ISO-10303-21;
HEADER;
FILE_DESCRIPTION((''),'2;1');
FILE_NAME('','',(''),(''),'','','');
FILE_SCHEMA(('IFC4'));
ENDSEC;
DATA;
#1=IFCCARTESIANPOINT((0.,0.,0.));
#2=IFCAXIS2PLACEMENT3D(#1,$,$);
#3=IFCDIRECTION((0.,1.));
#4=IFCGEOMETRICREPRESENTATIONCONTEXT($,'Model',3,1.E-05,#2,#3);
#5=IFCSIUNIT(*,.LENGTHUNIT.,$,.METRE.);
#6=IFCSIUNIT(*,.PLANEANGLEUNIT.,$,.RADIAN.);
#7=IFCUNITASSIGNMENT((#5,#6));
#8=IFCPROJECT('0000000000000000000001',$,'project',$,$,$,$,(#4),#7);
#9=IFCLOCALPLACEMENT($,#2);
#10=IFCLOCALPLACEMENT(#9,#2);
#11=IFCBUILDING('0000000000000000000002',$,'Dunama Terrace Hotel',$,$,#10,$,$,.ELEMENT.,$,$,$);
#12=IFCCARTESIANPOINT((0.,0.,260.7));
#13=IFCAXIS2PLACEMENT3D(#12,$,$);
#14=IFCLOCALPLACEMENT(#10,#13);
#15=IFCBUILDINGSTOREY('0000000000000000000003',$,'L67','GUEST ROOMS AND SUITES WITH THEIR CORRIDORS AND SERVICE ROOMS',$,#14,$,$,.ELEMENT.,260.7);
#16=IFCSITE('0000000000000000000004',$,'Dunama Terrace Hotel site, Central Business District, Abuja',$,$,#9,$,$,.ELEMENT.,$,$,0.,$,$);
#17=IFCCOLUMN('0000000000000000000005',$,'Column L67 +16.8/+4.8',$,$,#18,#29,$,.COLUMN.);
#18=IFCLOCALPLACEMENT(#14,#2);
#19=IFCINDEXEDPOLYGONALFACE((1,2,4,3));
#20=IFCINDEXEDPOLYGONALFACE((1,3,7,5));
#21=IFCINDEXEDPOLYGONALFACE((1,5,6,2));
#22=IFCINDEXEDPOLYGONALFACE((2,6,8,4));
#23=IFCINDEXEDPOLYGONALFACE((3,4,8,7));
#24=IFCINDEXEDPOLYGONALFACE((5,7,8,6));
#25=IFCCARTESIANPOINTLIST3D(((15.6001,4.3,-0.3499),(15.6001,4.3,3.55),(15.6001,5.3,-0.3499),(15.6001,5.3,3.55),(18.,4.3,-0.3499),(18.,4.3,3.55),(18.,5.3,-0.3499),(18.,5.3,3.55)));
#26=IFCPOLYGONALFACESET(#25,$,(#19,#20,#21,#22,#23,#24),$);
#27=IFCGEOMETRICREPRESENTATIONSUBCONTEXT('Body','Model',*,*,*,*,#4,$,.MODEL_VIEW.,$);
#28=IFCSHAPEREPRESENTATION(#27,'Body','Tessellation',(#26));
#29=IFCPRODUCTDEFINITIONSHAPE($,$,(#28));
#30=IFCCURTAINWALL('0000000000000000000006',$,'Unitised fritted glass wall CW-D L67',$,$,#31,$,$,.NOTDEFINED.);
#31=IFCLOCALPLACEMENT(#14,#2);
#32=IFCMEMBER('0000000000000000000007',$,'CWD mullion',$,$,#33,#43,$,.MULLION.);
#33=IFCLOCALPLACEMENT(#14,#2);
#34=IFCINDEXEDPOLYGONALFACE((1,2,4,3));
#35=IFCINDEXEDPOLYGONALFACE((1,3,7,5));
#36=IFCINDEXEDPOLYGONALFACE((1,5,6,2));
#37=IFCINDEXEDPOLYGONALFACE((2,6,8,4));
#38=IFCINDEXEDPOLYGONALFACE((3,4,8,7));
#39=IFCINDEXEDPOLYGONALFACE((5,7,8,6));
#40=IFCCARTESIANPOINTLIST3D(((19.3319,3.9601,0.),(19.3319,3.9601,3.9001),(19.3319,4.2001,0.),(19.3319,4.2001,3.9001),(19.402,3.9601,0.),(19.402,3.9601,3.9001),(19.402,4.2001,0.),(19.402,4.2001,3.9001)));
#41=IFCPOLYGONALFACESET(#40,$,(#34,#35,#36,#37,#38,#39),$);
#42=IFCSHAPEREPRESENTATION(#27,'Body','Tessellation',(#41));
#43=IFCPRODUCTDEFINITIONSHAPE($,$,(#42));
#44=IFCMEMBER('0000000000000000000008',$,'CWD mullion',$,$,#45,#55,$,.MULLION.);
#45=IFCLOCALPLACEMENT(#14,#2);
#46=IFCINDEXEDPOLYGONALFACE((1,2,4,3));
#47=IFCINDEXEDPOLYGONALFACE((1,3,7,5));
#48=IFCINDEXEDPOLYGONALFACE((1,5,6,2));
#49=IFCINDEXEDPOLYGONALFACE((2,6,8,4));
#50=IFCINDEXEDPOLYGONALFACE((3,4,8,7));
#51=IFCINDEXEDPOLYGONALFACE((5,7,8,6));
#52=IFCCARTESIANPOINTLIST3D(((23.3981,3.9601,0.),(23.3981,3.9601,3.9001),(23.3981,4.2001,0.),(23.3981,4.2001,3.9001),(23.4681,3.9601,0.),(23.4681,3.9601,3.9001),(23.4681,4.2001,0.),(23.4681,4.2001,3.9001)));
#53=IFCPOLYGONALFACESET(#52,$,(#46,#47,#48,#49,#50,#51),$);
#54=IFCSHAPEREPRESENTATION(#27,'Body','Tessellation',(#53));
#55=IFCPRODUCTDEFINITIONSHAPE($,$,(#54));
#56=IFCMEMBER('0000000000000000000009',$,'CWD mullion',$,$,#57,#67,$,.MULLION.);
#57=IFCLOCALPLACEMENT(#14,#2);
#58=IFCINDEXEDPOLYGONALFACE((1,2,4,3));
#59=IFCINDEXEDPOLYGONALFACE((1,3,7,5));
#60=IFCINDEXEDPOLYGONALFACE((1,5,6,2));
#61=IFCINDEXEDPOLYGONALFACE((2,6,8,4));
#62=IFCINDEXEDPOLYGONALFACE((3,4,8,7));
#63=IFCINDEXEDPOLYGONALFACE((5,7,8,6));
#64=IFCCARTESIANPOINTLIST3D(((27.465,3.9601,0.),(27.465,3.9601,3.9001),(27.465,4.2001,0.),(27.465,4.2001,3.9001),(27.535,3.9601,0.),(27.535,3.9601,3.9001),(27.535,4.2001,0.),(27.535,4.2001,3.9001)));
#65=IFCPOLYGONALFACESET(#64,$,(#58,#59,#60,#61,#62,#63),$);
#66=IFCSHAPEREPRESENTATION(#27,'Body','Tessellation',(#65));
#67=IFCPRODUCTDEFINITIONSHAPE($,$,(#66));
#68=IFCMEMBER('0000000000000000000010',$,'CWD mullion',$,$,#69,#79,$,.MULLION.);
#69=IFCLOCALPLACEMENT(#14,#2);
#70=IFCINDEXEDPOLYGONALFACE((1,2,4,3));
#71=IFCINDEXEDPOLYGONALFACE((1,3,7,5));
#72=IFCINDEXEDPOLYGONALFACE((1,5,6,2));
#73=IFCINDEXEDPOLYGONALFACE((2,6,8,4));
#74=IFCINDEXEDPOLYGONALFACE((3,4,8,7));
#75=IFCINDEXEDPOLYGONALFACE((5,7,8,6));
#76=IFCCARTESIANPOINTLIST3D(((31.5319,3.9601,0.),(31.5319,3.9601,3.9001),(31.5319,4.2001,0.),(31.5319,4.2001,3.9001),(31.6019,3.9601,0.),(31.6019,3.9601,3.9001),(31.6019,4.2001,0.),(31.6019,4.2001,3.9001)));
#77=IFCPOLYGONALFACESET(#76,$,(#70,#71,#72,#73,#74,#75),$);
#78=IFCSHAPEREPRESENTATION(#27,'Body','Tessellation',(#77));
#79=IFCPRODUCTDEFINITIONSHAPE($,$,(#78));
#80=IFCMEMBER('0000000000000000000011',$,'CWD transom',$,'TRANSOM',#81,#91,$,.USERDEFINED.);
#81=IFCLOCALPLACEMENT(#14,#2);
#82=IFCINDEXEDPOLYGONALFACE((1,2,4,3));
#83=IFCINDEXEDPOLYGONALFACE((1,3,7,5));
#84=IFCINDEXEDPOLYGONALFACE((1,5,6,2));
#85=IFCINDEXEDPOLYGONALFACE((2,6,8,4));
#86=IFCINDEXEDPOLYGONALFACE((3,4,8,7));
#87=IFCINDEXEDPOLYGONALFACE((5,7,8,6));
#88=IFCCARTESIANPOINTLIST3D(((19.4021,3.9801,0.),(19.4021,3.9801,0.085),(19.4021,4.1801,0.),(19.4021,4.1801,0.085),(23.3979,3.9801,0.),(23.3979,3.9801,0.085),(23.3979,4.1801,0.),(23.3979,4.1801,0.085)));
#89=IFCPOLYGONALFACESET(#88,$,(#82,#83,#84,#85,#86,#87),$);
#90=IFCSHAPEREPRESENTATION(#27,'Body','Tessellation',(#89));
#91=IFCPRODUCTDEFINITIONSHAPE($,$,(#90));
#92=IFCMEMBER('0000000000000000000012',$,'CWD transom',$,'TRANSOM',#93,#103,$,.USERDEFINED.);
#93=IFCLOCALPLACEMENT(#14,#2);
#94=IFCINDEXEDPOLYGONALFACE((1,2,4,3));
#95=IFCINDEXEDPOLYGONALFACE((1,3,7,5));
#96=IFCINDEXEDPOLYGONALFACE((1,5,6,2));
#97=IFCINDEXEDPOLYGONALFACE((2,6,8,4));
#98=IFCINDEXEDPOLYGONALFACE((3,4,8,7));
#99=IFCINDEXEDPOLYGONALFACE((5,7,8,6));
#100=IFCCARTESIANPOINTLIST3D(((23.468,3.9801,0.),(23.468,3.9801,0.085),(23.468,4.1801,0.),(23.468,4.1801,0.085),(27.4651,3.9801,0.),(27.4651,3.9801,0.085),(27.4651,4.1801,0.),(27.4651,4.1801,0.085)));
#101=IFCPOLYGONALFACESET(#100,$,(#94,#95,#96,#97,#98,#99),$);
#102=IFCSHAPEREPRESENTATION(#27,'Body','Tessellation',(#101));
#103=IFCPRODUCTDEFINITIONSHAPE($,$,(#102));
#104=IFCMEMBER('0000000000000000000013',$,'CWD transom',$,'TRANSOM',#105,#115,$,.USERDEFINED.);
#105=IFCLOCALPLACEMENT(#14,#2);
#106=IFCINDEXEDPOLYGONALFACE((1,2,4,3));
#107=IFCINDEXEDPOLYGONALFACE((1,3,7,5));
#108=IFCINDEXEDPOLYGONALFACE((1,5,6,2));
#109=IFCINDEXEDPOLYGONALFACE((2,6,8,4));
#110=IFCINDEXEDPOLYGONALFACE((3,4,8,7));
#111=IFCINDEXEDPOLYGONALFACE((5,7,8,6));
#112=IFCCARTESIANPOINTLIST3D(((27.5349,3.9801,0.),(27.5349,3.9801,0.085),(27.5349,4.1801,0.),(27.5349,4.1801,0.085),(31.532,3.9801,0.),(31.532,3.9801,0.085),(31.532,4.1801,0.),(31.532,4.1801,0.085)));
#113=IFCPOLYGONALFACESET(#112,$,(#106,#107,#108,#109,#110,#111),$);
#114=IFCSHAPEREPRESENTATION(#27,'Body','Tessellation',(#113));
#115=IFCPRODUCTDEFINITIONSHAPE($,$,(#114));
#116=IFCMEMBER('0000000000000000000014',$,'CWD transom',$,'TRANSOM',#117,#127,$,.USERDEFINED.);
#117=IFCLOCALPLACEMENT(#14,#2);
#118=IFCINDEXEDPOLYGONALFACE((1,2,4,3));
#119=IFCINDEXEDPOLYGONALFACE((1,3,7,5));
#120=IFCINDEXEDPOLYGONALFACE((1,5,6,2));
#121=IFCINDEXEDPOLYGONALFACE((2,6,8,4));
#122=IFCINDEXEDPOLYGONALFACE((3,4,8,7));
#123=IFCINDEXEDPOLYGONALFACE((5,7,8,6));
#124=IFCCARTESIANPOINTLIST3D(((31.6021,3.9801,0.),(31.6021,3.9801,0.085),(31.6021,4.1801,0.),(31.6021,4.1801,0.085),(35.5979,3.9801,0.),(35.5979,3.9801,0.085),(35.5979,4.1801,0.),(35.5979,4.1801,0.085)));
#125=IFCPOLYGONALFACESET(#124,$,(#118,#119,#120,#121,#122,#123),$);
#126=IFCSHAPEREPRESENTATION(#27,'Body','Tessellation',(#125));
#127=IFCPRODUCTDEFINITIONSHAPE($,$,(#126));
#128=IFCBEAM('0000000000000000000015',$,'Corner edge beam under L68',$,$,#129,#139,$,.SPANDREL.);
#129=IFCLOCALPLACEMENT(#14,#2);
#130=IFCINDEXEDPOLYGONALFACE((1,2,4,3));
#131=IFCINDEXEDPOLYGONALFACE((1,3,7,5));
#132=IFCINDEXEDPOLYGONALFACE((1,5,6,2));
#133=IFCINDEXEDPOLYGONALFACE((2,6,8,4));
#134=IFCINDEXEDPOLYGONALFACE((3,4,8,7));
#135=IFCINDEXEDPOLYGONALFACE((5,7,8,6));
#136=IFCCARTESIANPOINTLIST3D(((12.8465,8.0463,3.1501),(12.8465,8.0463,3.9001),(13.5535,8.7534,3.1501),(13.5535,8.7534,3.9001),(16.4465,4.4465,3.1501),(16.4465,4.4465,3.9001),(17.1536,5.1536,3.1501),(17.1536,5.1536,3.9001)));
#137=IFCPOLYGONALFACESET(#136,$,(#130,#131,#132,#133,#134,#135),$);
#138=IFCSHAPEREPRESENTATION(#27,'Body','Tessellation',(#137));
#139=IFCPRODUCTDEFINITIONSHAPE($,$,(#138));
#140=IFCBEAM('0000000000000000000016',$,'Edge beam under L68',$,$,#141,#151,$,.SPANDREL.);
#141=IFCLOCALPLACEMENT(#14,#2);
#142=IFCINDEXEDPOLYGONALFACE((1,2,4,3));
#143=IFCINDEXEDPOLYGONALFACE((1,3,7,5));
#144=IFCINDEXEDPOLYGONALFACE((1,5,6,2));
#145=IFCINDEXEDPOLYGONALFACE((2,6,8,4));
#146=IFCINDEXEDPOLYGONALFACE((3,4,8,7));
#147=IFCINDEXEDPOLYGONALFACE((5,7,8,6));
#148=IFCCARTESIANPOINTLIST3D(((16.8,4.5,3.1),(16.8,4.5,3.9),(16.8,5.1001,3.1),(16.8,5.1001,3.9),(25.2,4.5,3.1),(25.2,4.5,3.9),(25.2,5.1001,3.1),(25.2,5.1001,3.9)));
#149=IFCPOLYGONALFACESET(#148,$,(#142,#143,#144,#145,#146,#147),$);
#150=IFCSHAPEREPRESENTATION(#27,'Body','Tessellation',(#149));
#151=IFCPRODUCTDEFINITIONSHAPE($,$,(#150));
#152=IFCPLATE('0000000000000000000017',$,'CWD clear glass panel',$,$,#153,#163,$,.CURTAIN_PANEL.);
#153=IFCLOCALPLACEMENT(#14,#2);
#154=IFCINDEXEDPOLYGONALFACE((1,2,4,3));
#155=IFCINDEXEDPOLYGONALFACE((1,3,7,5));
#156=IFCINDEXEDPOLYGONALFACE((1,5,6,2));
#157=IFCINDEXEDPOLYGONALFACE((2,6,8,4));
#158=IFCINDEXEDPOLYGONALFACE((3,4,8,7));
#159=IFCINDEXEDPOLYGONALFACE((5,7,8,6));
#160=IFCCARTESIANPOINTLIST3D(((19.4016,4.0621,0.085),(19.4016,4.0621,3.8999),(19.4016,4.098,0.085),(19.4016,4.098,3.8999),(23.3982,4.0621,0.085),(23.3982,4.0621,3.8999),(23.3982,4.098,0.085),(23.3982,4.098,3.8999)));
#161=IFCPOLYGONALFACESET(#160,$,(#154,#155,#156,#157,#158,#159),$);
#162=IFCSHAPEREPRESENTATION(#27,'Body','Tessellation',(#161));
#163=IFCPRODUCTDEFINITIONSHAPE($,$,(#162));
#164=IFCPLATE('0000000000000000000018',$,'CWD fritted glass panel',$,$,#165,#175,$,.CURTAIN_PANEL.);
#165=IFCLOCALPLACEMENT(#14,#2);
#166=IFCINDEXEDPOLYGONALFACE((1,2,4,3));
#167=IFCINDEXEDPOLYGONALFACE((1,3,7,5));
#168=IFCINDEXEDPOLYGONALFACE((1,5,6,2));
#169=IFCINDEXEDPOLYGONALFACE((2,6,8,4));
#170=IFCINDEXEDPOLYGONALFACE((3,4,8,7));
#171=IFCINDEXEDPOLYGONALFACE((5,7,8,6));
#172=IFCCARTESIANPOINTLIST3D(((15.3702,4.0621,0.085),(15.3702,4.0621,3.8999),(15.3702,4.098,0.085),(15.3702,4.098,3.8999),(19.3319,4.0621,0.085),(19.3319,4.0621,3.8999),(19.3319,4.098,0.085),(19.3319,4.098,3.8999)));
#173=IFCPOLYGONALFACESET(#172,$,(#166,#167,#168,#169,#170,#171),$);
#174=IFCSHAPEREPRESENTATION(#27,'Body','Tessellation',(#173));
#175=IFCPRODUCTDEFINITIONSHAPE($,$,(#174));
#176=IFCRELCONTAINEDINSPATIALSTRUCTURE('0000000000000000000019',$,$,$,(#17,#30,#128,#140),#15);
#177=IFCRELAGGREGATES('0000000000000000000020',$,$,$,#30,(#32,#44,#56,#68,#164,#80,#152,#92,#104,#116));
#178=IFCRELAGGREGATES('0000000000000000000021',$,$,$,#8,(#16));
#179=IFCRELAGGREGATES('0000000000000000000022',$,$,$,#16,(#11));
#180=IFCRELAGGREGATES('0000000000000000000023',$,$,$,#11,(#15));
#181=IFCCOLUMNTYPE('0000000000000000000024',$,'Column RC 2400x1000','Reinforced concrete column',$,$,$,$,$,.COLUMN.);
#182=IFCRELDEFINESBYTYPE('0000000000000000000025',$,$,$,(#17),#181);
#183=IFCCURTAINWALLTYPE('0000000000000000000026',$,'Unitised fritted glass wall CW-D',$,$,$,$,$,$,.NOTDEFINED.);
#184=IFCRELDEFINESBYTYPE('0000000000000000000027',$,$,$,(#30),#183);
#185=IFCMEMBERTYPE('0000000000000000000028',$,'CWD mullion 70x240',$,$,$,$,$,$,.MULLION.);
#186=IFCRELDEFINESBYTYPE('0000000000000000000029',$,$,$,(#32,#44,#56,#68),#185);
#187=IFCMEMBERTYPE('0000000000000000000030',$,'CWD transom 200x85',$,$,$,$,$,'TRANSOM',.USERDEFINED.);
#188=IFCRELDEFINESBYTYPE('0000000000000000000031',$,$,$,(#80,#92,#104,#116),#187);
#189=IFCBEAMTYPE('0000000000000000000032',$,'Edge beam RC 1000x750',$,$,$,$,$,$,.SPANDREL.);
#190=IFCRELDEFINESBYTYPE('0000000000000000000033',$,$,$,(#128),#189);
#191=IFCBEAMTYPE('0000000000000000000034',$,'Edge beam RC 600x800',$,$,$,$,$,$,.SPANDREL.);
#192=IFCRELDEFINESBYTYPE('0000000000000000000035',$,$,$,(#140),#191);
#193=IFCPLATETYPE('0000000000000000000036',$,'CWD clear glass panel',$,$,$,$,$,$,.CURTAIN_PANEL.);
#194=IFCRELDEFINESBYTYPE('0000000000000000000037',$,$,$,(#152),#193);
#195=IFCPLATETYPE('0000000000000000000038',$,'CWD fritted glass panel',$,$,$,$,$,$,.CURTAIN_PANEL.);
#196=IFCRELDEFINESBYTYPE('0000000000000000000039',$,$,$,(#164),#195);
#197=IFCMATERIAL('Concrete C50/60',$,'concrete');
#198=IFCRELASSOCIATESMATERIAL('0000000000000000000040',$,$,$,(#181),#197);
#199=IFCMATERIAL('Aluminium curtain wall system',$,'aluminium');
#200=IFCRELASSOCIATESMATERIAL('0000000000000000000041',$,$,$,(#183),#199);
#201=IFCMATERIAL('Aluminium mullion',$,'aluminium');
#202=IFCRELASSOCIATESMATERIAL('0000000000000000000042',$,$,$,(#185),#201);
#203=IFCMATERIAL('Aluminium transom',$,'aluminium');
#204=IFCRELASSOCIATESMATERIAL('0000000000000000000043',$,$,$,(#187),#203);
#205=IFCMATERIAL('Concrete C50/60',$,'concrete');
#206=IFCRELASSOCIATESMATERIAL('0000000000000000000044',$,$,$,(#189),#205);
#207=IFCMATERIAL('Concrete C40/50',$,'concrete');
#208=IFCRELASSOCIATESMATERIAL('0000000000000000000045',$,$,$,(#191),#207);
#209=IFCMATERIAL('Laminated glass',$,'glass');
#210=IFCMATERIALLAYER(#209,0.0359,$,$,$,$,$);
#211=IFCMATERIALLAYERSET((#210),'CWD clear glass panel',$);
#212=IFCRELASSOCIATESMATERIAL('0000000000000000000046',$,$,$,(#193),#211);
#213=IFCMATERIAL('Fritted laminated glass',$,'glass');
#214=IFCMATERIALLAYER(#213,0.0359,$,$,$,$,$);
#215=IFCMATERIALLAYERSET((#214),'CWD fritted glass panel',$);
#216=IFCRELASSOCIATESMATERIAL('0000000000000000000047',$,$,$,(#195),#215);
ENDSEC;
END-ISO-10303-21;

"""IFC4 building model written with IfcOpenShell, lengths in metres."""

from ifc_helpers import new_model, si_unit, direction, frame, origin, origin_2d, place, context, subcontext, project, spatial, rectangle, extrude, material, layer, layer_set, material_profile, profile_set, type_object, element, aggregate, save


model = new_model("IFC4")

# Units and contexts
model_context = context("Model", 3, precision=1e-05, world=origin(), true_north=direction((0.0, 1.0)))
body_context = subcontext(model_context, "Body", "Model", "MODEL_VIEW")
ifc_project = project(units=[si_unit("LENGTHUNIT", "METRE"), si_unit("PLANEANGLEUNIT", "RADIAN")], contexts=[model_context])

# Site, building, storey
site_placement = place(None, origin())
site = spatial("IfcSite", under=ifc_project, at=site_placement, Name="Dunama Terrace Hotel site, Central Business District, Abuja", CompositionType="ELEMENT", RefElevation=0.0)
building_placement = place(site_placement, origin())
building = spatial("IfcBuilding", under=site, at=building_placement, Name="Dunama Terrace Hotel", CompositionType="ELEMENT")
storey_placement = place(building_placement, frame((0.0, 0.0, 260.7)))
storey = spatial("IfcBuildingStorey", under=building, at=storey_placement, Name="L67", Description="GUEST ROOMS AND SUITES WITH THEIR CORRIDORS AND SERVICE ROOMS", CompositionType="ELEMENT", Elevation=260.7)

# Column
ifc_material_1 = material(Name="Concrete C50/60", Category="concrete")
ifc_material_profile_1 = material_profile(ifc_material_1, rectangle(XDim=2.3999, YDim=1.0, at=origin_2d()), Name="RC 2400x1000")
ifc_profile_set_1 = profile_set([ifc_material_profile_1], Name="Concrete C50/60")
column_type = type_object("IfcColumnType", Name="Column RC 2400x1000", Description="Reinforced concrete column", PredefinedType="COLUMN", material=ifc_profile_set_1)
column_placement = place(storey_placement, frame((16.8, 4.8, -0.3499), z_axis=(0.0, 0.0, 1.0), x_axis=(1.0, 0.0, 0.0)))
element("IfcColumn", 1, at=column_placement, inside=storey, type_object=column_type, Name="Column L67 +16.8/+4.8", PredefinedType="COLUMN", context=body_context, shape_type="SweptSolid", body=[
    extrude(rectangle(XDim=2.3999, YDim=1.0, at=origin_2d()), origin(), (0.0, 0.0, 1.0), 3.8999),
])

# Curtain wall, members
ifc_material_2 = material(Name="Aluminium curtain wall system", Category="aluminium")
curtain_wall_type = type_object("IfcCurtainWallType", Name="Unitised fritted glass wall CW-D", PredefinedType="NOTDEFINED", material=ifc_material_2)
curtain_wall_placement = place(storey_placement, origin())
curtain_wall = element("IfcCurtainWall", 2, at=curtain_wall_placement, inside=storey, type_object=curtain_wall_type, Name="Unitised fritted glass wall CW-D L67", PredefinedType="NOTDEFINED")
ifc_material_3 = material(Name="Aluminium mullion", Category="aluminium")
ifc_material_profile_2 = material_profile(ifc_material_3, rectangle(XDim=0.0701, YDim=0.24, at=origin_2d()), Name="CWD MULLION 70X240")
ifc_profile_set_2 = profile_set([ifc_material_profile_2], Name="Aluminium mullion")
member_type_1 = type_object("IfcMemberType", Name="CWD mullion 70x240", PredefinedType="MULLION", material=ifc_profile_set_2)
member_1_placement = place(storey_placement, frame((19.3669, 4.0801, 0.0), z_axis=(0.0, 0.0, 1.0), x_axis=(1.0, 0.0, 0.0)))
member_1 = element("IfcMember", 3, at=member_1_placement, type_object=member_type_1, Name="CWD mullion", PredefinedType="MULLION", context=body_context, shape_type="SweptSolid", body=[
    extrude(rectangle(XDim=0.0701, YDim=0.24, at=origin_2d()), origin(), (0.0, 0.0, 1.0), 3.9001),
])
member_2_placement = place(storey_placement, frame((23.4331, 4.0801, 0.0), z_axis=(0.0, 0.0, 1.0), x_axis=(1.0, 0.0, 0.0)))
member_2 = element("IfcMember", 4, at=member_2_placement, type_object=member_type_1, Name="CWD mullion", PredefinedType="MULLION", context=body_context, shape_type="SweptSolid", body=[
    extrude(rectangle(XDim=0.0701, YDim=0.24, at=origin_2d()), origin(), (0.0, 0.0, 1.0), 3.9001),
])
member_3_placement = place(storey_placement, frame((27.5, 4.0801, 0.0), z_axis=(0.0, 0.0, 1.0), x_axis=(1.0, 0.0, 0.0)))
member_3 = element("IfcMember", 5, at=member_3_placement, type_object=member_type_1, Name="CWD mullion", PredefinedType="MULLION", context=body_context, shape_type="SweptSolid", body=[
    extrude(rectangle(XDim=0.0701, YDim=0.24, at=origin_2d()), origin(), (0.0, 0.0, 1.0), 3.9001),
])
member_4_placement = place(storey_placement, frame((31.5669, 4.0801, 0.0), z_axis=(0.0, 0.0, 1.0), x_axis=(1.0, 0.0, 0.0)))
member_4 = element("IfcMember", 6, at=member_4_placement, type_object=member_type_1, Name="CWD mullion", PredefinedType="MULLION", context=body_context, shape_type="SweptSolid", body=[
    extrude(rectangle(XDim=0.0701, YDim=0.24, at=origin_2d()), origin(), (0.0, 0.0, 1.0), 3.9001),
])
ifc_material_4 = material(Name="Aluminium transom", Category="aluminium")
ifc_material_profile_3 = material_profile(ifc_material_4, rectangle(XDim=0.2, YDim=0.085, at=origin_2d()), Name="CWD TRANSOM 200X85")
ifc_profile_set_3 = profile_set([ifc_material_profile_3], Name="Aluminium transom")
member_type_2 = type_object("IfcMemberType", Name="CWD transom 200x85", ElementType="TRANSOM", PredefinedType="USERDEFINED", material=ifc_profile_set_3)
member_5_placement = place(storey_placement, frame((19.4021, 4.0801, 0.0425), z_axis=(1.0, 0.0, 0.0), x_axis=(0.0, 1.0, 0.0)))
member_5 = element("IfcMember", 7, at=member_5_placement, type_object=member_type_2, Name="CWD transom", ObjectType="TRANSOM", PredefinedType="USERDEFINED", context=body_context, shape_type="SweptSolid", body=[
    extrude(rectangle(XDim=0.2, YDim=0.085, at=origin_2d()), origin(), (0.0, 0.0, 1.0), 3.9958),
])
member_6_placement = place(storey_placement, frame((23.468, 4.0801, 0.0425), z_axis=(1.0, 0.0, 0.0), x_axis=(0.0, 1.0, 0.0)))
member_6 = element("IfcMember", 8, at=member_6_placement, type_object=member_type_2, Name="CWD transom", ObjectType="TRANSOM", PredefinedType="USERDEFINED", context=body_context, shape_type="SweptSolid", body=[
    extrude(rectangle(XDim=0.2, YDim=0.085, at=origin_2d()), origin(), (0.0, 0.0, 1.0), 3.9971),
])
member_7_placement = place(storey_placement, frame((27.5349, 4.0801, 0.0425), z_axis=(1.0, 0.0, 0.0), x_axis=(0.0, 1.0, 0.0)))
member_7 = element("IfcMember", 9, at=member_7_placement, type_object=member_type_2, Name="CWD transom", ObjectType="TRANSOM", PredefinedType="USERDEFINED", context=body_context, shape_type="SweptSolid", body=[
    extrude(rectangle(XDim=0.2, YDim=0.085, at=origin_2d()), origin(), (0.0, 0.0, 1.0), 3.9971),
])
member_8_placement = place(storey_placement, frame((31.6021, 4.0801, 0.0425), z_axis=(1.0, 0.0, 0.0), x_axis=(0.0, 1.0, 0.0)))
member_8 = element("IfcMember", 10, at=member_8_placement, type_object=member_type_2, Name="CWD transom", ObjectType="TRANSOM", PredefinedType="USERDEFINED", context=body_context, shape_type="SweptSolid", body=[
    extrude(rectangle(XDim=0.2, YDim=0.085, at=origin_2d()), origin(), (0.0, 0.0, 1.0), 3.9958),
])

# Beams
ifc_material_5 = material(Name="Concrete C50/60", Category="concrete")
ifc_material_profile_4 = material_profile(ifc_material_5, rectangle(XDim=1.0, YDim=0.75, at=origin_2d()), Name="RC 1000x750")
ifc_profile_set_4 = profile_set([ifc_material_profile_4], Name="Concrete C50/60")
beam_type_1 = type_object("IfcBeamType", Name="Edge beam RC 1000x750", PredefinedType="SPANDREL", material=ifc_profile_set_4)
beam_1_placement = place(storey_placement, frame((16.8, 4.8, 3.5251), z_axis=(-0.707131, 0.707083, 0.0), x_axis=(-0.707083, -0.707131, 0.0)))
element("IfcBeam", 11, at=beam_1_placement, inside=storey, type_object=beam_type_1, Name="Corner edge beam under L68", PredefinedType="SPANDREL", context=body_context, shape_type="SweptSolid", body=[
    extrude(rectangle(XDim=1.0, YDim=0.75, at=origin_2d()), origin(), (0.0, 0.0, 1.0), 5.0911),
])
ifc_material_6 = material(Name="Concrete C40/50", Category="concrete")
ifc_material_profile_5 = material_profile(ifc_material_6, rectangle(XDim=0.6001, YDim=0.8, at=origin_2d()), Name="RC 600x800")
ifc_profile_set_5 = profile_set([ifc_material_profile_5], Name="Concrete C40/50")
beam_type_2 = type_object("IfcBeamType", Name="Edge beam RC 600x800", PredefinedType="SPANDREL", material=ifc_profile_set_5)
beam_2_placement = place(storey_placement, frame((16.8, 4.8, 3.5), z_axis=(1.0, 0.0, 0.0), x_axis=(0.0, 1.0, 0.0)))
element("IfcBeam", 12, at=beam_2_placement, inside=storey, type_object=beam_type_2, Name="Edge beam under L68", PredefinedType="SPANDREL", context=body_context, shape_type="SweptSolid", body=[
    extrude(rectangle(XDim=0.6001, YDim=0.8, at=origin_2d()), origin(), (0.0, 0.0, 1.0), 8.3999),
])

# Plates
ifc_material_7 = material(Name="Laminated glass", Category="glass")
ifc_layer_1 = layer(ifc_material_7, 0.0359)
ifc_layer_set_1 = layer_set([ifc_layer_1], Name="CWD clear glass panel")
plate_type_1 = type_object("IfcPlateType", Name="CWD clear glass panel", PredefinedType="CURTAIN_PANEL", material=ifc_layer_set_1)
plate_1_placement = place(storey_placement, frame((21.3999, 4.0801, 0.085), z_axis=(0.0, 0.0, 1.0), x_axis=(1.0, 0.0, 0.0)))
plate_1 = element("IfcPlate", 13, at=plate_1_placement, type_object=plate_type_1, Name="CWD clear glass panel", PredefinedType="CURTAIN_PANEL", context=body_context, shape_type="SweptSolid", body=[
    extrude(rectangle(XDim=3.9966, YDim=0.0359, at=origin_2d()), origin(), (0.0, 0.0, 1.0), 3.8149),
])
ifc_material_8 = material(Name="Fritted laminated glass", Category="glass")
ifc_layer_2 = layer(ifc_material_8, 0.0359)
ifc_layer_set_2 = layer_set([ifc_layer_2], Name="CWD fritted glass panel")
plate_type_2 = type_object("IfcPlateType", Name="CWD fritted glass panel", PredefinedType="CURTAIN_PANEL", material=ifc_layer_set_2)
plate_2_placement = place(storey_placement, frame((17.3511, 4.0801, 0.085), z_axis=(0.0, 0.0, 1.0), x_axis=(1.0, 0.0, 0.0)))
plate_2 = element("IfcPlate", 14, at=plate_2_placement, type_object=plate_type_2, Name="CWD fritted glass panel", PredefinedType="CURTAIN_PANEL", context=body_context, shape_type="SweptSolid", body=[
    extrude(rectangle(XDim=3.9617, YDim=0.0359, at=origin_2d()), origin(), (0.0, 0.0, 1.0), 3.8149),
])
aggregate(curtain_wall, [member_1, member_2, member_3, member_4, plate_2, member_5, plate_1, member_6, member_7, member_8])

save(model, "model.ifc")
